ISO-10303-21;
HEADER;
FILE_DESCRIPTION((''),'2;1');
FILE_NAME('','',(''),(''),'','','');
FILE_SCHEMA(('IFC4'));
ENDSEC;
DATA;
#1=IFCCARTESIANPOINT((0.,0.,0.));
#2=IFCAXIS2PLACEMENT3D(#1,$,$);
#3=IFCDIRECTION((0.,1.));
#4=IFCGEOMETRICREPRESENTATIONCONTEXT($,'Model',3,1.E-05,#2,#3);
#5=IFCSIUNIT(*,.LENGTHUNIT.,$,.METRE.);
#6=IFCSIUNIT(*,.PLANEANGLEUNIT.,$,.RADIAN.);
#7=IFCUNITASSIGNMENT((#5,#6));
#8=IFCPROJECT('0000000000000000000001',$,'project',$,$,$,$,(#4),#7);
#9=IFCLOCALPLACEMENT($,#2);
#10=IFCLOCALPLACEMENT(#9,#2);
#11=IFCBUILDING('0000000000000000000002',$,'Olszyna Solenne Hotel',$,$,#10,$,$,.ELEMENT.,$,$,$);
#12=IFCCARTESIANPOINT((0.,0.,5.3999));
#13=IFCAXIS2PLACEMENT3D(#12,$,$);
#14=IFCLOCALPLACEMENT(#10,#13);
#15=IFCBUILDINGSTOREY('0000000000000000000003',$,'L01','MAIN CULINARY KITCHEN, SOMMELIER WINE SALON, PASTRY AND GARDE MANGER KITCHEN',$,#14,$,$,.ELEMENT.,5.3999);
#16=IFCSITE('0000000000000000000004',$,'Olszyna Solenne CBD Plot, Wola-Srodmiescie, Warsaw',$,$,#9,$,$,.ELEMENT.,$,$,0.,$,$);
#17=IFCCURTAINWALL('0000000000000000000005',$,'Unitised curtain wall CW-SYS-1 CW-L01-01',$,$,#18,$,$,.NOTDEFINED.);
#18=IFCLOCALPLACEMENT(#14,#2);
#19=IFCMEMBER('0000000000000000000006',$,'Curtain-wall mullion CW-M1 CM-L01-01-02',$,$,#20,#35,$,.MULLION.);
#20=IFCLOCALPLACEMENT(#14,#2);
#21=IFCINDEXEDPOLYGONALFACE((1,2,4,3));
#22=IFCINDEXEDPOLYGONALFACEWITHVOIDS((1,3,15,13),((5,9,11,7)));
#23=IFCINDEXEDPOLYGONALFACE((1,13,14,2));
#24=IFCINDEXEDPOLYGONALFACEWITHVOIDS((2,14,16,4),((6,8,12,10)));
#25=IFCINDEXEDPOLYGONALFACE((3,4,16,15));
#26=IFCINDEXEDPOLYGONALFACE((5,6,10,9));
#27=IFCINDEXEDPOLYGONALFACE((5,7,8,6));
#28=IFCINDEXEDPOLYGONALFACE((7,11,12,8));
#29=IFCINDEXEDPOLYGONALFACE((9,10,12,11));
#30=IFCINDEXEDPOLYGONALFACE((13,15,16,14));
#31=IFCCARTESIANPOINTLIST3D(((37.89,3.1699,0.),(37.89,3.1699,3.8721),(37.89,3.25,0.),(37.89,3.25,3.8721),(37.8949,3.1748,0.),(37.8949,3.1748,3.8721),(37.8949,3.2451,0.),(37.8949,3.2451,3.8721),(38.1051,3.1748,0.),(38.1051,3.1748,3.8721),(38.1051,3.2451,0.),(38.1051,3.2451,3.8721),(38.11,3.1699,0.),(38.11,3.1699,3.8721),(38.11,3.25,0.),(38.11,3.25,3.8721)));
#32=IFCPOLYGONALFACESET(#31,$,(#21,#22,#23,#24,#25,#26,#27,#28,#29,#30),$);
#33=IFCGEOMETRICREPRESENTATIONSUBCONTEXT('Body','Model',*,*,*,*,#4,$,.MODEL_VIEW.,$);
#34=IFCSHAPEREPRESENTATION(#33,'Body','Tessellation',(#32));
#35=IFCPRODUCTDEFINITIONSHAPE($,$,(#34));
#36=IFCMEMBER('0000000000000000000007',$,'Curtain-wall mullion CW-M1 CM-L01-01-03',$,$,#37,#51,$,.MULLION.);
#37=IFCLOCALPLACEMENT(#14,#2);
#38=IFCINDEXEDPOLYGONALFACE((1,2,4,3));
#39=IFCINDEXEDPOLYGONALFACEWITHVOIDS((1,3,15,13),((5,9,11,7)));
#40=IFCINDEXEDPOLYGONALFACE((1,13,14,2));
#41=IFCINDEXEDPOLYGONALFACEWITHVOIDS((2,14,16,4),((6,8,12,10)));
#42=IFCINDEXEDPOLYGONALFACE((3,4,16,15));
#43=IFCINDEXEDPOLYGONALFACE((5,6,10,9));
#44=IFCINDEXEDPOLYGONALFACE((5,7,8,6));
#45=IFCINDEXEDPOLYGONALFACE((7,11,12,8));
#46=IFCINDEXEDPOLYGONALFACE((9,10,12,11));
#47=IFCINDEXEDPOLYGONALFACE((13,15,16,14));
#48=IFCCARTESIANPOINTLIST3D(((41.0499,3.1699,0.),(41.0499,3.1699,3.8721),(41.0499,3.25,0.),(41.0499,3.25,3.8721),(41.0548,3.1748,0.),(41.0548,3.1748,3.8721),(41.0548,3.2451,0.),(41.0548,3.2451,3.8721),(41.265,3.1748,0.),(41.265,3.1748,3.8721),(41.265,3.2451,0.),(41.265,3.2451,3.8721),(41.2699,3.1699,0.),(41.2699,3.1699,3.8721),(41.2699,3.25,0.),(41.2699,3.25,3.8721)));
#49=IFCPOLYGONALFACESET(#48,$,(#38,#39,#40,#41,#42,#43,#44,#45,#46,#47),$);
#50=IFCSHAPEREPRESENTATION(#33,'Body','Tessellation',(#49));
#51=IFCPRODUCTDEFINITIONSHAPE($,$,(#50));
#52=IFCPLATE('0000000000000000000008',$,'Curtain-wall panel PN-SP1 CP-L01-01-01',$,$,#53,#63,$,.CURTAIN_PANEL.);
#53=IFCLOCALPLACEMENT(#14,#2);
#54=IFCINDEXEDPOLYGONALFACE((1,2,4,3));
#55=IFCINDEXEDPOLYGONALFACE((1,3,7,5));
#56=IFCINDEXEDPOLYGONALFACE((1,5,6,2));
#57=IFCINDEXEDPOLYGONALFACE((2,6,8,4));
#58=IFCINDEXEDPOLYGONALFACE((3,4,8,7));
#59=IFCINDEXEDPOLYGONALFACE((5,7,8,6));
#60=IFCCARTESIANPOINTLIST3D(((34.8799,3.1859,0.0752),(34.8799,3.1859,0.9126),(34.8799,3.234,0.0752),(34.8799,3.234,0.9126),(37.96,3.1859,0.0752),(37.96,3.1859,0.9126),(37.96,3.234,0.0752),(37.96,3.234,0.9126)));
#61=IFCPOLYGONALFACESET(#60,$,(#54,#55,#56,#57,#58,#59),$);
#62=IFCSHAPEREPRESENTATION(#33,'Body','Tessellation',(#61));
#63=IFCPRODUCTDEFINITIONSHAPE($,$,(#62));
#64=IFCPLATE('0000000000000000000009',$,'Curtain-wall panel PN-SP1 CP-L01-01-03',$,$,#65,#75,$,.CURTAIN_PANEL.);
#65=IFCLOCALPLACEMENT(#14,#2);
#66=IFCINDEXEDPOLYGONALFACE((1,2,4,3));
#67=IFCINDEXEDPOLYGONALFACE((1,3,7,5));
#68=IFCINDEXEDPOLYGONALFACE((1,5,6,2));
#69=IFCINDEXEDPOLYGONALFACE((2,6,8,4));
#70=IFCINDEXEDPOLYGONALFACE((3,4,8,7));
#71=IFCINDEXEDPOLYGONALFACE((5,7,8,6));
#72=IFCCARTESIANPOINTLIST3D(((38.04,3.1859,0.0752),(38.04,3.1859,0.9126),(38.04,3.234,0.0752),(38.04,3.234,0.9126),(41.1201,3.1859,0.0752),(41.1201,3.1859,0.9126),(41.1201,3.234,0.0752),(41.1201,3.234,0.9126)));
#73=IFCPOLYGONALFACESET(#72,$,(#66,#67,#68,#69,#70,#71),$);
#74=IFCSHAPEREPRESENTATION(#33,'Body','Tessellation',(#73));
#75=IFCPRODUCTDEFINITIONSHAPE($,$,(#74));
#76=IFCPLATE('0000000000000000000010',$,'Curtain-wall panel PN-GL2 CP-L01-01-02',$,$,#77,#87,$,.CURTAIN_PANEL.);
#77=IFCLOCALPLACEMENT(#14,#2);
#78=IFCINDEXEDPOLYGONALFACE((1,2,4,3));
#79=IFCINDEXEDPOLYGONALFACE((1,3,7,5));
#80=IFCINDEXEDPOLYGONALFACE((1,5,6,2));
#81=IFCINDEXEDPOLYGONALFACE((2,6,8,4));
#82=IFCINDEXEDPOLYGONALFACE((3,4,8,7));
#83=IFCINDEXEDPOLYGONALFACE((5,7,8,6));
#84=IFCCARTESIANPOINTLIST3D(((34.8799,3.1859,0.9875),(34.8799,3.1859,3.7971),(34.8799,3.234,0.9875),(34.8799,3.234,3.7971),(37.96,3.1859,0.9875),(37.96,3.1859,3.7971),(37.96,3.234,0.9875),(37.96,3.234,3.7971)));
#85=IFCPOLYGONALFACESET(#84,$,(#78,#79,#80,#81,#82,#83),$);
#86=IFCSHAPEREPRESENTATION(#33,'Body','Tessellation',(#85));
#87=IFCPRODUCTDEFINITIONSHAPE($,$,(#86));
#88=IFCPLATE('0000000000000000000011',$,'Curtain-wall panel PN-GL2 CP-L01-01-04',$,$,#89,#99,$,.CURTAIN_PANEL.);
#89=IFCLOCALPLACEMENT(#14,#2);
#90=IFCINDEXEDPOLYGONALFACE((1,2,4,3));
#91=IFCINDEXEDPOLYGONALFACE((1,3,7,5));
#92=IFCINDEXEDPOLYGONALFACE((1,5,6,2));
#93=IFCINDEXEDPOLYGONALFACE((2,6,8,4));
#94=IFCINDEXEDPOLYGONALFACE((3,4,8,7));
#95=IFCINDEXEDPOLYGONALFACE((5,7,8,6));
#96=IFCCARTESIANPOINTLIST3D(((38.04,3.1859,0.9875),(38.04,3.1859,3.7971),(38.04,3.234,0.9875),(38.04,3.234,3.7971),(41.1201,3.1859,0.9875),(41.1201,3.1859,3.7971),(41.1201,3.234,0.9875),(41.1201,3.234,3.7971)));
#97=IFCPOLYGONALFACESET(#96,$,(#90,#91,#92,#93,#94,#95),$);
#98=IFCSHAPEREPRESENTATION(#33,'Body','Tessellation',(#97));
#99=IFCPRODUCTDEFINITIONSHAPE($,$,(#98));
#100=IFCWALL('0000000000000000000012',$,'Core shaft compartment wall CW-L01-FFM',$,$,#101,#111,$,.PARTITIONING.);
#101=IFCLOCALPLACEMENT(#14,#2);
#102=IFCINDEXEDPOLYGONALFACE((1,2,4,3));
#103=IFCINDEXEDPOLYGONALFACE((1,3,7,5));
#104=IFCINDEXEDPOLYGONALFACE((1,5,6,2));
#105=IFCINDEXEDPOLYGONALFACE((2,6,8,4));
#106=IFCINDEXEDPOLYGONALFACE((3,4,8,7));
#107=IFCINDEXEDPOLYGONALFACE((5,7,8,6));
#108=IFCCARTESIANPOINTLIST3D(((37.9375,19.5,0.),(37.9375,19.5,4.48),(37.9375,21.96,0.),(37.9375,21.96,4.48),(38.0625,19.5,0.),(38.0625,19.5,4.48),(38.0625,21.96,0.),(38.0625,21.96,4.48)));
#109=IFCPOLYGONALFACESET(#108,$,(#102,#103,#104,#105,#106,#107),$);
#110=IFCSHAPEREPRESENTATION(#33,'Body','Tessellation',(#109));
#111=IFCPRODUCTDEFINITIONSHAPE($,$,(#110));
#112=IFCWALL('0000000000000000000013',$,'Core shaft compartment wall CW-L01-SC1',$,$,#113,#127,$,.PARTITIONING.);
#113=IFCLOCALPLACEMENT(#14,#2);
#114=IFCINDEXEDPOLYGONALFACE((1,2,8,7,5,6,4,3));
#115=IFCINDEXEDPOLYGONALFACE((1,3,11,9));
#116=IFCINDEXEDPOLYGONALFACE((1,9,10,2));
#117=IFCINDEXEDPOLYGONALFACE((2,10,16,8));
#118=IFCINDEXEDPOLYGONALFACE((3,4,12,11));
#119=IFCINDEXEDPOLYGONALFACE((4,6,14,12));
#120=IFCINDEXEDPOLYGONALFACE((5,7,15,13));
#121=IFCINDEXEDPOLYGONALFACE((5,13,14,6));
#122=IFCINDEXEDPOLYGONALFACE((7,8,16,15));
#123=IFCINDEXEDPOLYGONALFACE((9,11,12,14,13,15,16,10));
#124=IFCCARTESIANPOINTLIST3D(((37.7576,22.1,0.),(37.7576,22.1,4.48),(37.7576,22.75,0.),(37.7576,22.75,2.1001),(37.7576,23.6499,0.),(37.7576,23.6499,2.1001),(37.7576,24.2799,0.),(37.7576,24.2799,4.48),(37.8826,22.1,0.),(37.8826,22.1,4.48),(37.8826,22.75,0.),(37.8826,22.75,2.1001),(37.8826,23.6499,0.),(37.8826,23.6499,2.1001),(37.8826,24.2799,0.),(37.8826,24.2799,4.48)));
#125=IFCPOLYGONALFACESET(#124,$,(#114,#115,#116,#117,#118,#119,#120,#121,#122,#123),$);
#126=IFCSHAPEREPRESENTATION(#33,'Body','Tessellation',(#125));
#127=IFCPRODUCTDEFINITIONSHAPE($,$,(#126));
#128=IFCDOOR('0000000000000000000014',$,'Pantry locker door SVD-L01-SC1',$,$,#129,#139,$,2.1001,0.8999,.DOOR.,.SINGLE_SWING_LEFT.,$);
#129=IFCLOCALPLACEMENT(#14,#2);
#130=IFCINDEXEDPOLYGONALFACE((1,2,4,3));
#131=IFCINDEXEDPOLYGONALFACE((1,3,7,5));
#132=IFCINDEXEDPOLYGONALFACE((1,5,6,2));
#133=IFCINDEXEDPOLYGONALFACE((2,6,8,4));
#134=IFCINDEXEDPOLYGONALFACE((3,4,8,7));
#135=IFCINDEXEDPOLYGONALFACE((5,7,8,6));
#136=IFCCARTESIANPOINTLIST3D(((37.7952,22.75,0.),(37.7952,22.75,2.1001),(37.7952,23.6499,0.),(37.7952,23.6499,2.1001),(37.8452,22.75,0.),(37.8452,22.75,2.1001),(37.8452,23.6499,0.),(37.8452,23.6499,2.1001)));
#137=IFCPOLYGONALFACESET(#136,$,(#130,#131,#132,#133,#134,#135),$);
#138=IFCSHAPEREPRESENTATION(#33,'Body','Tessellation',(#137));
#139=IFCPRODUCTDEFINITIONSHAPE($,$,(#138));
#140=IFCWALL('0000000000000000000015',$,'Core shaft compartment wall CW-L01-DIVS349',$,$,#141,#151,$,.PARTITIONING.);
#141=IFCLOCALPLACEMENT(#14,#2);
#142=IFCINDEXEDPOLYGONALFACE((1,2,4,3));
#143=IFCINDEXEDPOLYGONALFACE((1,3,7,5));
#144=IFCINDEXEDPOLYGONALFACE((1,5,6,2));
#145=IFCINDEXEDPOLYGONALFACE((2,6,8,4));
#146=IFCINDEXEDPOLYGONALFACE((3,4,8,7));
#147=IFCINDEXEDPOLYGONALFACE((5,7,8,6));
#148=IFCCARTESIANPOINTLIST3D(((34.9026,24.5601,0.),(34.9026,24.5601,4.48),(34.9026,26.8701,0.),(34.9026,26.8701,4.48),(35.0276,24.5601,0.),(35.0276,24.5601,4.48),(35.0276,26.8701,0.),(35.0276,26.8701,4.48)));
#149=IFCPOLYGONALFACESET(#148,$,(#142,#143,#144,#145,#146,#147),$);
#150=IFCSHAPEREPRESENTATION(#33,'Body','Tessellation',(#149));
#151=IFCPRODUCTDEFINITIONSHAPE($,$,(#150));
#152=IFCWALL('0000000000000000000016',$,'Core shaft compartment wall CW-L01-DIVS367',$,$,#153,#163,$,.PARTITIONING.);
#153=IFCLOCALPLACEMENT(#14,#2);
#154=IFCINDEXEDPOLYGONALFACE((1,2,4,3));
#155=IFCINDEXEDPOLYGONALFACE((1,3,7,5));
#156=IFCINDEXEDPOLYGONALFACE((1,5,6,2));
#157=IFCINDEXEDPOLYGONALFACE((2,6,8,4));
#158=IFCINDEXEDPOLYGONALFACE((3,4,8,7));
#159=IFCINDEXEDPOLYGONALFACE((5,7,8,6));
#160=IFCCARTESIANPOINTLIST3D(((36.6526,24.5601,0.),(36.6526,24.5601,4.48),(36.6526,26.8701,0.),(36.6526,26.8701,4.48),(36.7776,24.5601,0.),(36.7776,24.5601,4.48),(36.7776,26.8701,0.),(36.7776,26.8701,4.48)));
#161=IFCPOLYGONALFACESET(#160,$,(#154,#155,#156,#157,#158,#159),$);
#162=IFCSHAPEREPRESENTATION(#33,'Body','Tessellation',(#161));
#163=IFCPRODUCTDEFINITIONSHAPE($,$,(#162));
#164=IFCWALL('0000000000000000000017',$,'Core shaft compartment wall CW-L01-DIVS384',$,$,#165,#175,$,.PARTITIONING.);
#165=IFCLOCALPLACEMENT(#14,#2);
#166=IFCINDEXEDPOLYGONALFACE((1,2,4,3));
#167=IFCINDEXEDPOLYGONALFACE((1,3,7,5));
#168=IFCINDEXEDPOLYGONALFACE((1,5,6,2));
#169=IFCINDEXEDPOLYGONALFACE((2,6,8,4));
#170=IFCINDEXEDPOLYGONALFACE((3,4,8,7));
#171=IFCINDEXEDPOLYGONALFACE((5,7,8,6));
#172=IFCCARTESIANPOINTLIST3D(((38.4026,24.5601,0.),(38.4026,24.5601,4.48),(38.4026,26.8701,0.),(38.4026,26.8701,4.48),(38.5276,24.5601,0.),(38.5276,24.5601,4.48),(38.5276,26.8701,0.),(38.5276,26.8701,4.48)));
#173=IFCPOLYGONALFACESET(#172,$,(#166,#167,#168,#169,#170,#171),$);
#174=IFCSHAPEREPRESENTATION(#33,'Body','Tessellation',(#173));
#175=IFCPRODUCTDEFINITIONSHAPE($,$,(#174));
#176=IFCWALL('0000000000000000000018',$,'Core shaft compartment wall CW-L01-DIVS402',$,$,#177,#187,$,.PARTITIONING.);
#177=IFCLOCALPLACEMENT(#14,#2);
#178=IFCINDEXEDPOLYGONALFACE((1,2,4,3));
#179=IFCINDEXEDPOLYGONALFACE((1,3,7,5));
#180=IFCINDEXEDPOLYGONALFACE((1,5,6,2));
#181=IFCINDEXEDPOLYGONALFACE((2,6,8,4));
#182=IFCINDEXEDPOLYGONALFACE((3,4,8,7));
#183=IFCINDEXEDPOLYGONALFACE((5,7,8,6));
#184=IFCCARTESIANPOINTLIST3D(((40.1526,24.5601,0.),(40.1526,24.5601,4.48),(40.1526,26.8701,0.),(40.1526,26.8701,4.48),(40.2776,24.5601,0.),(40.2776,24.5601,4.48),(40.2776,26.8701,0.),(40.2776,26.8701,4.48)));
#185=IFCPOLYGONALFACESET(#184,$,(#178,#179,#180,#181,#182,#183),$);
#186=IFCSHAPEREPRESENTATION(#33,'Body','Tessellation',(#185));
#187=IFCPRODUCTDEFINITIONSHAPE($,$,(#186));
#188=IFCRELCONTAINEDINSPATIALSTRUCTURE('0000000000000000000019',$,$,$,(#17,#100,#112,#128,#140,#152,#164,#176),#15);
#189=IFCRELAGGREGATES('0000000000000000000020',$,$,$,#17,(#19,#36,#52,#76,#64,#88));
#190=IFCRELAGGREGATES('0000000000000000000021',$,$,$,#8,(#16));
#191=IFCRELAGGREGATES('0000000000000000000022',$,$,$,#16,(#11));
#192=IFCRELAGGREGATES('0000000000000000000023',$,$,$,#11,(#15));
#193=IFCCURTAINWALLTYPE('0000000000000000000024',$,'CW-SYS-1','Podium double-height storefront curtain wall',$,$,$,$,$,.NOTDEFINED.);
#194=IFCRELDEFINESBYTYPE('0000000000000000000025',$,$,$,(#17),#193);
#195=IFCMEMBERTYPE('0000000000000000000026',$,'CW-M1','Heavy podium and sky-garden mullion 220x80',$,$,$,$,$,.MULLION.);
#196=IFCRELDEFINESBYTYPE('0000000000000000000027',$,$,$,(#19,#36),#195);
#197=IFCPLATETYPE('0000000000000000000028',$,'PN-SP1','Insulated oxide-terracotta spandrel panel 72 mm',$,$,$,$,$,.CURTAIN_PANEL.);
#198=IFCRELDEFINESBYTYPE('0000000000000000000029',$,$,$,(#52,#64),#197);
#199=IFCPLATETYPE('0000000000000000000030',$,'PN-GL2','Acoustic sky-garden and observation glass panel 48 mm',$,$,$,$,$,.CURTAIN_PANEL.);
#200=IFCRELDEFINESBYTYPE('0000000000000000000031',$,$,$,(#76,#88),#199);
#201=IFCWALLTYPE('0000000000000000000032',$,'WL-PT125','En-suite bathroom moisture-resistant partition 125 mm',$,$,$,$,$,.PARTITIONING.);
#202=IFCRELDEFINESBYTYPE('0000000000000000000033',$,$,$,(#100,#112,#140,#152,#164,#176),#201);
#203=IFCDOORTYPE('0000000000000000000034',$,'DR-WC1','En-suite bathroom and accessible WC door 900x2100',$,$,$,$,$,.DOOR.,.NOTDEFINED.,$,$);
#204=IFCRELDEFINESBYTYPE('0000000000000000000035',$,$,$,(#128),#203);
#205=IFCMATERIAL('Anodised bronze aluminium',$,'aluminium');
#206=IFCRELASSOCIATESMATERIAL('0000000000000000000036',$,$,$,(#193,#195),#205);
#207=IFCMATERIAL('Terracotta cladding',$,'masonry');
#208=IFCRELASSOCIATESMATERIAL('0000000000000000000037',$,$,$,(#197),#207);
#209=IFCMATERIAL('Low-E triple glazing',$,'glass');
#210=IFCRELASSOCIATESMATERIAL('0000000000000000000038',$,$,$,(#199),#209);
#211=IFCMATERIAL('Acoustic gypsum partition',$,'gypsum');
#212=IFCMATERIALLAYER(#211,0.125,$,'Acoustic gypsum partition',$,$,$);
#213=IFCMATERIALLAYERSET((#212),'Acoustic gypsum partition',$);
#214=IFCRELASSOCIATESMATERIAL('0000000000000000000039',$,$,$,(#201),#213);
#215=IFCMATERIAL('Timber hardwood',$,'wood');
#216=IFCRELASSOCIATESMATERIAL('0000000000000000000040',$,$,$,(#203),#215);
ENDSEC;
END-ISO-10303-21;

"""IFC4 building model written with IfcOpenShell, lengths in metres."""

from ifc_helpers import new_model, si_unit, direction, frame, frame_2d, origin, origin_2d, place, context, subcontext, project, spatial, rectangle, hollow_rectangle, extrude, source, transform, mapped, material, layer, layer_set, material_profile, profile_set, type_object, type_shapes, element, fill, aggregate, save


model = new_model("IFC4")

# Units and contexts
model_context = context("Model", 3, precision=1e-05, world=origin(), true_north=direction((0.0, 1.0)))
body_context = subcontext(model_context, "Body", "Model", "MODEL_VIEW")
ifc_project = project(units=[si_unit("LENGTHUNIT", "METRE"), si_unit("PLANEANGLEUNIT", "RADIAN")], contexts=[model_context])

# Site, building, storey
site_placement = place(None, origin())
site = spatial("IfcSite", under=ifc_project, at=site_placement, Name="Olszyna Solenne CBD Plot, Wola-Srodmiescie, Warsaw", CompositionType="ELEMENT", RefElevation=0.0)
building_placement = place(site_placement, origin())
building = spatial("IfcBuilding", under=site, at=building_placement, Name="Olszyna Solenne Hotel", CompositionType="ELEMENT")
storey_placement = place(building_placement, frame((0.0, 0.0, 5.3999)))
storey = spatial("IfcBuildingStorey", under=building, at=storey_placement, Name="L01", Description="MAIN CULINARY KITCHEN, SOMMELIER WINE SALON, PASTRY AND GARDE MANGER KITCHEN", CompositionType="ELEMENT", Elevation=5.3999)

# Curtain wall, members, plates
ifc_material_1 = material(Name="Anodised bronze aluminium", Category="aluminium")
curtain_wall_type = type_object("IfcCurtainWallType", Name="CW-SYS-1", Description="Podium double-height storefront curtain wall", PredefinedType="NOTDEFINED", material=ifc_material_1)
curtain_wall_placement = place(storey_placement, origin())
curtain_wall = element("IfcCurtainWall", 1, at=curtain_wall_placement, inside=storey, type_object=curtain_wall_type, Name="Unitised curtain wall CW-SYS-1 CW-L01-01", PredefinedType="NOTDEFINED")
ifc_material_profile_1 = material_profile(ifc_material_1, hollow_rectangle(XDim=0.0801, YDim=0.22, WallThickness=0.0049, at=origin_2d()), Name="MULL 220x80x5", Category="load-bearing")
ifc_profile_set_1 = profile_set([ifc_material_profile_1], Name="Anodised bronze aluminium")
member_type_1 = type_object("IfcMemberType", Name="CW-M1", Description="Heavy podium and sky-garden mullion 220x80", PredefinedType="MULLION", material=ifc_profile_set_1)
shared_shape_1 = source(origin(), body_context, "Body", "SweptSolid", [
    extrude(hollow_rectangle(XDim=0.0801, YDim=0.22, WallThickness=0.0049, at=origin_2d()), origin(), (0.0, 0.0, 1.0), 3.8721),
])
member_1_placement = place(storey_placement, frame((38.0, 3.21, 0.0), z_axis=(0.0, 0.0, 1.0), x_axis=(0.0, 1.0, 0.0)))
member_1 = element("IfcMember", 2, at=member_1_placement, type_object=member_type_1, Name="Curtain-wall mullion CW-M1 CM-L01-01-02", PredefinedType="MULLION", context=body_context, shape_type="MappedRepresentation", body=[
    mapped(shared_shape_1, transform((0.0, 0.0, 0.0), x_axis=(1.0, 0.0, 0.0), y_axis=(0.0, 1.0, 0.0), z_axis=(0.0, 0.0, 1.0), scale=1.0)),
])
member_2_placement = place(storey_placement, frame((41.1599, 3.21, 0.0), z_axis=(0.0, 0.0, 1.0), x_axis=(0.0, 1.0, 0.0)))
member_2 = element("IfcMember", 3, at=member_2_placement, type_object=member_type_1, Name="Curtain-wall mullion CW-M1 CM-L01-01-03", PredefinedType="MULLION", context=body_context, shape_type="MappedRepresentation", body=[
    mapped(shared_shape_1, transform((0.0, 0.0, 0.0), x_axis=(1.0, 0.0, 0.0), y_axis=(0.0, 1.0, 0.0), z_axis=(0.0, 0.0, 1.0), scale=1.0)),
])
ifc_material_2 = material(Name="Terracotta cladding", Category="masonry")
plate_type_1 = type_object("IfcPlateType", Name="PN-SP1", Description="Insulated oxide-terracotta spandrel panel 72 mm", PredefinedType="CURTAIN_PANEL", material=ifc_material_2)
shared_shape_2 = source(origin(), body_context, "Body", "SweptSolid", [
    extrude(rectangle(XDim=3.0801, YDim=0.0481, at=origin_2d()), origin(), (0.0, 0.0, 1.0), 0.8374),
])
plate_1_placement = place(storey_placement, frame((36.4199, 3.21, 0.0752), z_axis=(0.0, 0.0, 1.0), x_axis=(1.0, 0.0, 0.0)))
plate_1 = element("IfcPlate", 4, at=plate_1_placement, type_object=plate_type_1, Name="Curtain-wall panel PN-SP1 CP-L01-01-01", PredefinedType="CURTAIN_PANEL", context=body_context, shape_type="MappedRepresentation", body=[
    mapped(shared_shape_2, transform((0.0, 0.0, 0.0), x_axis=(1.0, 0.0, 0.0), y_axis=(0.0, 1.0, 0.0), z_axis=(0.0, 0.0, 1.0), scale=1.0)),
])
plate_2_placement = place(storey_placement, frame((39.5801, 3.21, 0.0752), z_axis=(0.0, 0.0, 1.0), x_axis=(1.0, 0.0, 0.0)))
plate_2 = element("IfcPlate", 5, at=plate_2_placement, type_object=plate_type_1, Name="Curtain-wall panel PN-SP1 CP-L01-01-03", PredefinedType="CURTAIN_PANEL", context=body_context, shape_type="MappedRepresentation", body=[
    mapped(shared_shape_2, transform((0.0, 0.0, 0.0), x_axis=(1.0, 0.0, 0.0), y_axis=(0.0, 1.0, 0.0), z_axis=(0.0, 0.0, 1.0), scale=1.0)),
])
ifc_material_3 = material(Name="Low-E triple glazing", Category="glass")
plate_type_2 = type_object("IfcPlateType", Name="PN-GL2", Description="Acoustic sky-garden and observation glass panel 48 mm", PredefinedType="CURTAIN_PANEL", material=ifc_material_3)
shared_shape_3 = source(origin(), body_context, "Body", "SweptSolid", [
    extrude(rectangle(XDim=3.0801, YDim=0.0481, at=origin_2d()), origin(), (0.0, 0.0, 1.0), 2.8096),
])
plate_3_placement = place(storey_placement, frame((36.4199, 3.21, 0.9875), z_axis=(0.0, 0.0, 1.0), x_axis=(1.0, 0.0, 0.0)))
plate_3 = element("IfcPlate", 6, at=plate_3_placement, type_object=plate_type_2, Name="Curtain-wall panel PN-GL2 CP-L01-01-02", PredefinedType="CURTAIN_PANEL", context=body_context, shape_type="MappedRepresentation", body=[
    mapped(shared_shape_3, transform((0.0, 0.0, 0.0), x_axis=(1.0, 0.0, 0.0), y_axis=(0.0, 1.0, 0.0), z_axis=(0.0, 0.0, 1.0), scale=1.0)),
])
plate_4_placement = place(storey_placement, frame((39.5801, 3.21, 0.9875), z_axis=(0.0, 0.0, 1.0), x_axis=(1.0, 0.0, 0.0)))
plate_4 = element("IfcPlate", 7, at=plate_4_placement, type_object=plate_type_2, Name="Curtain-wall panel PN-GL2 CP-L01-01-04", PredefinedType="CURTAIN_PANEL", context=body_context, shape_type="MappedRepresentation", body=[
    mapped(shared_shape_3, transform((0.0, 0.0, 0.0), x_axis=(1.0, 0.0, 0.0), y_axis=(0.0, 1.0, 0.0), z_axis=(0.0, 0.0, 1.0), scale=1.0)),
])
aggregate(curtain_wall, [member_1, member_2, plate_1, plate_3, plate_2, plate_4])

# Wall
ifc_material_4 = material(Name="Acoustic gypsum partition", Category="gypsum")
ifc_layer_1 = layer(ifc_material_4, 0.125, Name="Acoustic gypsum partition")
ifc_layer_set_1 = layer_set([ifc_layer_1], Name="Acoustic gypsum partition")
wall_type_1 = type_object("IfcWallType", Name="WL-PT125", Description="En-suite bathroom moisture-resistant partition 125 mm", PredefinedType="PARTITIONING", material=ifc_layer_set_1)
wall_1_placement = place(storey_placement, frame((38.0, 19.5, 0.0), z_axis=(0.0, 0.0, 1.0), x_axis=(0.0, 1.0, 0.0)))
element("IfcWall", 8, at=wall_1_placement, inside=storey, type_object=wall_type_1, Name="Core shaft compartment wall CW-L01-FFM", PredefinedType="PARTITIONING", context=body_context, shape_type="SweptSolid", body=[
    extrude(rectangle(XDim=2.46, YDim=0.125, at=frame_2d((1.23, 0.0))), origin(), (0.0, 0.0, 1.0), 4.48),
])

# Wall, opening, door
wall_2_placement = place(storey_placement, frame((37.8201, 22.1001, 0.0), z_axis=(0.0, 0.0, 1.0), x_axis=(0.0, 1.0, 0.0)))
wall_2 = element("IfcWall", 9, at=wall_2_placement, inside=storey, type_object=wall_type_1, Name="Core shaft compartment wall CW-L01-SC1", PredefinedType="PARTITIONING", context=body_context, shape_type="SweptSolid", body=[
    extrude(rectangle(XDim=2.1799, YDim=0.125, at=frame_2d((1.0898, 0.0))), origin(), (0.0, 0.0, 1.0), 4.48),
])
opening_1_placement = place(wall_2_placement, frame((0.6499, 0.0, 0.0)))
opening_1 = element("IfcOpeningElement", 10, at=opening_1_placement, cuts=wall_2, PredefinedType="OPENING", context=body_context, shape_type="SweptSolid", body=[
    extrude(rectangle(XDim=0.8999, YDim=2.1001, at=frame_2d((0.45, 1.05))), frame((0.0, 0.0725, 0.0), z_axis=(0.0, -1.0, 0.0), x_axis=(1.0, 0.0, 0.0)), (0.0, 0.0, 1.0), 0.145),
])
ifc_material_5 = material(Name="Timber hardwood", Category="wood")
door_type_1 = type_object("IfcDoorType", Name="DR-WC1", Description="En-suite bathroom and accessible WC door 900x2100", OperationType="NOTDEFINED", PredefinedType="DOOR", material=ifc_material_5)
shared_shape_4 = source(origin(), body_context, "Body", "SweptSolid", [
    extrude(rectangle(XDim=0.8999, YDim=2.1001, at=frame_2d((0.45, 1.05))), frame((0.0, 0.0249, 0.0), z_axis=(0.0, -1.0, 0.0), x_axis=(1.0, 0.0, 0.0)), (0.0, 0.0, 1.0), 0.05),
])
type_shapes(door_type_1, [shared_shape_4])
door_1_placement = place(opening_1_placement, origin())
door_1 = element("IfcDoor", 11, at=door_1_placement, inside=storey, type_object=door_type_1, Name="Pantry locker door SVD-L01-SC1", OperationType="SINGLE_SWING_LEFT", OverallHeight=2.1001, OverallWidth=0.8999, PredefinedType="DOOR", context=body_context, shape_type="MappedRepresentation", body=[
    mapped(shared_shape_4, transform((0.0, 0.0, 0.0), x_axis=(1.0, 0.0, 0.0), y_axis=(0.0, 1.0, 0.0), z_axis=(0.0, 0.0, 1.0), scale=1.0)),
])
fill(opening_1, door_1)

# Walls
for number, where, z_axis, x_axis, name in (
    (12, (34.9651, 24.5601, 0.0), (0.0, 0.0, 1.0), (0.0, 1.0, 0.0), "Core shaft compartment wall CW-L01-DIVS349"),
    (13, (36.7151, 24.5601, 0.0), (0.0, 0.0, 1.0), (0.0, 1.0, 0.0), "Core shaft compartment wall CW-L01-DIVS367"),
    (14, (38.4651, 24.5601, 0.0), (0.0, 0.0, 1.0), (0.0, 1.0, 0.0), "Core shaft compartment wall CW-L01-DIVS384"),
    (15, (40.2151, 24.5601, 0.0), (0.0, 0.0, 1.0), (0.0, 1.0, 0.0), "Core shaft compartment wall CW-L01-DIVS402"),
):
    element("IfcWall", number, at=place(storey_placement, frame(where, z_axis=z_axis, x_axis=x_axis)), inside=storey, type_object=wall_type_1, Name=name, PredefinedType="PARTITIONING", context=body_context, shape_type="SweptSolid", body=[
        extrude(rectangle(XDim=2.3101, YDim=0.125, at=frame_2d((1.155, 0.0))), origin(), (0.0, 0.0, 1.0), 4.48),
    ])

save(model, "model.ifc")
